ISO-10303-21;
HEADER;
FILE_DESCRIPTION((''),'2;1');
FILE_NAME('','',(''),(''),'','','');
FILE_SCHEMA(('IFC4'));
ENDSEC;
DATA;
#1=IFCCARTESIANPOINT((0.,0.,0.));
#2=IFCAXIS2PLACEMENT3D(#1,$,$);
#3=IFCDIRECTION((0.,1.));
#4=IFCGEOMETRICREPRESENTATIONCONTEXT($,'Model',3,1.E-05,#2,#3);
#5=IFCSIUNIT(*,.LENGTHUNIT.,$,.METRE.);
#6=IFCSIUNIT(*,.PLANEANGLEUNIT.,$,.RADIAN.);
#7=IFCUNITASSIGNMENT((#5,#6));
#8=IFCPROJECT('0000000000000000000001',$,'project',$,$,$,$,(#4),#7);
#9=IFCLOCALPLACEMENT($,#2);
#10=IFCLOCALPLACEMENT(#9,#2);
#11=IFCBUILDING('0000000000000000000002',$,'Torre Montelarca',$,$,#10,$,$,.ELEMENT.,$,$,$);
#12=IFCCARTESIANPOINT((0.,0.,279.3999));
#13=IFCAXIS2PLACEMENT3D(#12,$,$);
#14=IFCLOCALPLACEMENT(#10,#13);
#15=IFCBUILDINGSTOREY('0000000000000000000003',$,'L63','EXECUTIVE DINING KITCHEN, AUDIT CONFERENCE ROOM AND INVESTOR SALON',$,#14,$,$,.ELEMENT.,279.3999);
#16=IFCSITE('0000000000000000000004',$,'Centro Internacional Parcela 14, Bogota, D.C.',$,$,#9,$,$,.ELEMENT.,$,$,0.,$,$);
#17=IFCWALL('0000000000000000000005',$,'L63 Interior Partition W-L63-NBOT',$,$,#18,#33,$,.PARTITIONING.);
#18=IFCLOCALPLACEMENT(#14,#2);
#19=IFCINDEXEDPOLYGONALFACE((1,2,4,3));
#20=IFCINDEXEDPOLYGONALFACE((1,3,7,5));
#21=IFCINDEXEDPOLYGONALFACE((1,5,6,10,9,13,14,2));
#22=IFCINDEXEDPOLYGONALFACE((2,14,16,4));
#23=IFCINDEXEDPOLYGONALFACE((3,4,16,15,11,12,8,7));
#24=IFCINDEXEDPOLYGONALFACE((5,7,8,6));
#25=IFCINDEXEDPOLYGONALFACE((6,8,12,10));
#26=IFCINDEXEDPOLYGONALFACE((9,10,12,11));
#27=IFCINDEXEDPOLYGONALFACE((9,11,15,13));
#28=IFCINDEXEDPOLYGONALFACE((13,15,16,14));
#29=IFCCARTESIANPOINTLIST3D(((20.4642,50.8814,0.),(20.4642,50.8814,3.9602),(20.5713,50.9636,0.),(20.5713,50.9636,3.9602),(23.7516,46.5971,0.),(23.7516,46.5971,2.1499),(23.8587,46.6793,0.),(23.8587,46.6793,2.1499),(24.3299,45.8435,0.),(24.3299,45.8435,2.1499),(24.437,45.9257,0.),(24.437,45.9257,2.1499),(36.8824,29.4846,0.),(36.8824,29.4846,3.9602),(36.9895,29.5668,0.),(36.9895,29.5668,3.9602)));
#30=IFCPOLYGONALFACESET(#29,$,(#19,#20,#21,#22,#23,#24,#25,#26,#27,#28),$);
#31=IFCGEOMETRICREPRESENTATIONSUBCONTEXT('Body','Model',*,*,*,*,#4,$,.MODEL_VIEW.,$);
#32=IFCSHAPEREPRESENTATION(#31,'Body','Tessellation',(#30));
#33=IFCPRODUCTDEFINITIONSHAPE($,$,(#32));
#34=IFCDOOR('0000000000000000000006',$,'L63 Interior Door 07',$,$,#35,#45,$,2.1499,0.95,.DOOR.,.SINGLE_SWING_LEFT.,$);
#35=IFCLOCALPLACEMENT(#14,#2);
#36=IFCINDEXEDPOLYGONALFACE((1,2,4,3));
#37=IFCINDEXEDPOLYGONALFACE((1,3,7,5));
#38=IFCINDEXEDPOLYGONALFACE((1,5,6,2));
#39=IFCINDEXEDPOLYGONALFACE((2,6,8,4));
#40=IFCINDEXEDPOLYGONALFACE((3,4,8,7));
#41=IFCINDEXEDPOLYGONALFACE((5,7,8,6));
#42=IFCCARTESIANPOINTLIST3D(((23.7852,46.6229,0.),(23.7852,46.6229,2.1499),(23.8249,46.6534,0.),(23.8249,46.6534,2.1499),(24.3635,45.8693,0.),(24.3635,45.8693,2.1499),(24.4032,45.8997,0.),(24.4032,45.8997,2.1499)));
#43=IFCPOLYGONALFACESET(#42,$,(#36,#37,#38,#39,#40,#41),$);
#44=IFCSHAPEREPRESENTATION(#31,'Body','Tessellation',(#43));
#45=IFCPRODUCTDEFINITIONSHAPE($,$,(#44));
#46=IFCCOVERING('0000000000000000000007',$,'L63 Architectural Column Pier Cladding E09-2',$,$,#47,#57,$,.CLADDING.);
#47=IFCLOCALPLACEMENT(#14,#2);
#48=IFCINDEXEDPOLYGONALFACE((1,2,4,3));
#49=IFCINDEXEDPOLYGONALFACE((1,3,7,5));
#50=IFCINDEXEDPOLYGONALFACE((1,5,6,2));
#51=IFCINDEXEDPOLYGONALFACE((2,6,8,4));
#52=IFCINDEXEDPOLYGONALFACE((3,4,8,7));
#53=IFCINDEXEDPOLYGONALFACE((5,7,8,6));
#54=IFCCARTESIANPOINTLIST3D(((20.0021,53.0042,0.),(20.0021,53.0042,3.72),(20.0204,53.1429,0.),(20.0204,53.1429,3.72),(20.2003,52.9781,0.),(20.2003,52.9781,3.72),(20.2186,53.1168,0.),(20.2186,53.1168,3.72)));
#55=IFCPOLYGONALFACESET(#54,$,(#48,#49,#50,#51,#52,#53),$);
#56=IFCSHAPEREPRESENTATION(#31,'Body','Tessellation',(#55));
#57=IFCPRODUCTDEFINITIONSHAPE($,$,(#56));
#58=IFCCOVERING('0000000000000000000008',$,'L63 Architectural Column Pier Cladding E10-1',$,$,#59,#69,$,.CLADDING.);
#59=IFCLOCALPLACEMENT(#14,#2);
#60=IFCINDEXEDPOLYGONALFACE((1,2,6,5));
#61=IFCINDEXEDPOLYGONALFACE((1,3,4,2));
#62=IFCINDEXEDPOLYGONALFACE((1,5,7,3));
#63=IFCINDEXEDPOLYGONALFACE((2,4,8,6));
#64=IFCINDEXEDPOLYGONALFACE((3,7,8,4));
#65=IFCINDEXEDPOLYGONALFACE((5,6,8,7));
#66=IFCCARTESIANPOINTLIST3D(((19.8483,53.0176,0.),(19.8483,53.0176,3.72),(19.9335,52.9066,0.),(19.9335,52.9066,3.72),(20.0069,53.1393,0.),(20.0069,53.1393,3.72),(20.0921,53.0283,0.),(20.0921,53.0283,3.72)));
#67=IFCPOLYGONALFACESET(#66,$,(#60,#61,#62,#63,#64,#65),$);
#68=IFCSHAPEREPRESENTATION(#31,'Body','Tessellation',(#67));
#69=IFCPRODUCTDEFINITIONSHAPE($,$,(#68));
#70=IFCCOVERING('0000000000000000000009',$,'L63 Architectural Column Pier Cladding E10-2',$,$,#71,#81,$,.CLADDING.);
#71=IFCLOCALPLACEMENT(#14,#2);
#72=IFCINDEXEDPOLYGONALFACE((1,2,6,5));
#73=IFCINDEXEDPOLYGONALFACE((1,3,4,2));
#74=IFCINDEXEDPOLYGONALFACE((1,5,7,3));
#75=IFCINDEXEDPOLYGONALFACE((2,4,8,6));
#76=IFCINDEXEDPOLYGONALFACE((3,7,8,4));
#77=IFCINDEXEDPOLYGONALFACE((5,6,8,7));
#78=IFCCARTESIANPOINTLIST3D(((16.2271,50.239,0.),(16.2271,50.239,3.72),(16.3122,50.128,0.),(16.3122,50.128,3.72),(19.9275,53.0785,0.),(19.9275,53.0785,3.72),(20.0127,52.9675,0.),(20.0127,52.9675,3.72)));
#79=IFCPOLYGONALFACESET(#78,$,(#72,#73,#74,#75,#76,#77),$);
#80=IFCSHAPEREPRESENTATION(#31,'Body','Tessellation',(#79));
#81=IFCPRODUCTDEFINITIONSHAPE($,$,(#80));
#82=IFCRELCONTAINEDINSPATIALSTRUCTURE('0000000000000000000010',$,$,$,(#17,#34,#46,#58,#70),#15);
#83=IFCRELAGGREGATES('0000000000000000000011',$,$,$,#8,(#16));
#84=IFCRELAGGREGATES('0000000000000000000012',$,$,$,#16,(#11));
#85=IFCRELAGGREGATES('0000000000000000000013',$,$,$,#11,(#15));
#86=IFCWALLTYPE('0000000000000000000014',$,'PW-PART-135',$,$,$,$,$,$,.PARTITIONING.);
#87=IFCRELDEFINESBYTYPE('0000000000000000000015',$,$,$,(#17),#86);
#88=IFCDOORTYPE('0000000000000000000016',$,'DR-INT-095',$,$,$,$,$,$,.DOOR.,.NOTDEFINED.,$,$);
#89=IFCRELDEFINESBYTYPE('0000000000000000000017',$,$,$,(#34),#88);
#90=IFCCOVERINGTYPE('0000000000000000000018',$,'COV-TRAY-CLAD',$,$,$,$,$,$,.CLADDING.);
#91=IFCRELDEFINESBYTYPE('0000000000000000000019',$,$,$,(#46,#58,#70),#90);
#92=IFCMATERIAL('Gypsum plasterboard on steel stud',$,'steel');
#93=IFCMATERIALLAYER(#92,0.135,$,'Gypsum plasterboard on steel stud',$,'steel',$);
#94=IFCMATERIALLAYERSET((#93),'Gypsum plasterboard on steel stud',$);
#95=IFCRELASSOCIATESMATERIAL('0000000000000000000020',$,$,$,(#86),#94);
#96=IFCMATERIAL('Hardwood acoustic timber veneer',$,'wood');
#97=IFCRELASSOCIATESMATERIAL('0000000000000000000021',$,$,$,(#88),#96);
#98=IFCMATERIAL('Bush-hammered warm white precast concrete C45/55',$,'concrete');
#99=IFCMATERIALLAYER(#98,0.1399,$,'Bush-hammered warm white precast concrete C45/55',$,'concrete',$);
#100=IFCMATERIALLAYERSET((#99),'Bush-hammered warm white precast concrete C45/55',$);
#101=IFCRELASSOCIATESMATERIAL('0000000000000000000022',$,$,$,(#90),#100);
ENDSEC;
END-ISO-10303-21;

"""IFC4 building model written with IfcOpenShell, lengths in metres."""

from ifc_helpers import new_model, si_unit, direction, frame, frame_2d, origin, origin_2d, place, context, subcontext, project, spatial, rectangle, extrude, source, transform, mapped, material, layer, layer_set, type_object, element, fill, save


model = new_model("IFC4")

# Units and contexts
model_context = context("Model", 3, precision=1e-05, world=origin(), true_north=direction((0.0, 1.0)))
body_context = subcontext(model_context, "Body", "Model", "MODEL_VIEW")
ifc_project = project(units=[si_unit("LENGTHUNIT", "METRE"), si_unit("PLANEANGLEUNIT", "RADIAN")], contexts=[model_context])

# Site, building, storey
site_placement = place(None, origin())
site = spatial("IfcSite", under=ifc_project, at=site_placement, Name="Centro Internacional Parcela 14, Bogota, D.C.", CompositionType="ELEMENT", RefElevation=0.0)
building_placement = place(site_placement, origin())
building = spatial("IfcBuilding", under=site, at=building_placement, Name="Torre Montelarca", CompositionType="ELEMENT")
storey_placement = place(building_placement, frame((0.0, 0.0, 279.3999)))
storey = spatial("IfcBuildingStorey", under=building, at=storey_placement, Name="L63", Description="EXECUTIVE DINING KITCHEN, AUDIT CONFERENCE ROOM AND INVESTOR SALON", CompositionType="ELEMENT", Elevation=279.3999)

# Wall, opening, door
ifc_material_1 = material(Name="Gypsum plasterboard on steel stud", Category="steel")
ifc_layer_1 = layer(ifc_material_1, 0.135, Name="Gypsum plasterboard on steel stud", Category="steel")
ifc_layer_set_1 = layer_set([ifc_layer_1], Name="Gypsum plasterboard on steel stud")
wall_type = type_object("IfcWallType", Name="PW-PART-135", PredefinedType="PARTITIONING", material=ifc_layer_set_1)
wall_placement = place(storey_placement, frame((20.5178, 50.9224, 0.0), z_axis=(0.0, 0.0, 1.0), x_axis=(0.60876, -0.793355, 0.0)))
wall = element("IfcWall", 1, at=wall_placement, inside=storey, type_object=wall_type, Name="L63 Interior Partition W-L63-NBOT", PredefinedType="PARTITIONING", context=body_context, shape_type="SweptSolid", body=[
    extrude(rectangle(XDim=26.97, YDim=0.135, at=frame_2d((13.4849, 0.0))), origin(), (0.0, 0.0, 1.0), 3.9602),
])
opening_placement = place(wall_placement, frame((5.3999, 0.0, 0.0)))
opening = element("IfcOpeningElement", 2, at=opening_placement, cuts=wall, PredefinedType="OPENING", context=body_context, shape_type="SweptSolid", body=[
    extrude(rectangle(XDim=0.95, YDim=2.1499, at=frame_2d((0.4751, 1.075))), frame((0.0, 0.0776, 0.0), z_axis=(0.0, -1.0, 0.0), x_axis=(1.0, 0.0, 0.0)), (0.0, 0.0, 1.0), 0.155),
])
ifc_material_2 = material(Name="Hardwood acoustic timber veneer", Category="wood")
door_type = type_object("IfcDoorType", Name="DR-INT-095", OperationType="NOTDEFINED", PredefinedType="DOOR", material=ifc_material_2)
shared_shape_1 = source(origin(), body_context, "Body", "SweptSolid", [
    extrude(rectangle(XDim=0.95, YDim=2.1499, at=frame_2d((0.4751, 1.075))), frame((0.0, 0.0249, 0.0), z_axis=(0.0, -1.0, 0.0), x_axis=(1.0, 0.0, 0.0)), (0.0, 0.0, 1.0), 0.05),
])
door_placement = place(opening_placement, origin())
door = element("IfcDoor", 3, at=door_placement, inside=storey, type_object=door_type, Name="L63 Interior Door 07", OperationType="SINGLE_SWING_LEFT", OverallHeight=2.1499, OverallWidth=0.95, PredefinedType="DOOR", context=body_context, shape_type="MappedRepresentation", body=[
    mapped(shared_shape_1, transform((0.0, 0.0, 0.0), scale=1.0)),
])
fill(opening, door)

# Coverings
ifc_material_3 = material(Name="Bush-hammered warm white precast concrete C45/55", Category="concrete")
ifc_layer_2 = layer(ifc_material_3, 0.1399, Name="Bush-hammered warm white precast concrete C45/55", Category="concrete")
ifc_layer_set_2 = layer_set([ifc_layer_2], Name="Bush-hammered warm white precast concrete C45/55")
covering_type = type_object("IfcCoveringType", Name="COV-TRAY-CLAD", PredefinedType="CLADDING", material=ifc_layer_set_2)
shared_shape_2 = source(origin(), body_context, "Body", "SweptSolid", [
    extrude(rectangle(XDim=0.2, YDim=0.1399, at=origin_2d()), origin(), (0.0, 0.0, 1.0), 3.72),
])
for number, where, z_axis, x_axis, name in (
    (4, (20.1104, 53.0605, 0.0), (0.0, 0.0, 1.0), (-0.991444, 0.130531, 0.0), "L63 Architectural Column Pier Cladding E09-2"),
    (5, (19.9702, 53.0229, 0.0), (0.0, 0.0, 1.0), (-0.793351, -0.608764, 0.0), "L63 Architectural Column Pier Cladding E10-1"),
):
    element("IfcCovering", number, at=place(storey_placement, frame(where, z_axis=z_axis, x_axis=x_axis)), inside=storey, type_object=covering_type, Name=name, PredefinedType="CLADDING", context=body_context, shape_type="MappedRepresentation", body=[
        mapped(shared_shape_2, transform((0.0, 0.0, 0.0), scale=1.0)),
    ])
shared_shape_3 = source(origin(), body_context, "Body", "SweptSolid", [
    extrude(rectangle(XDim=4.6643, YDim=0.1399, at=origin_2d()), origin(), (0.0, 0.0, 1.0), 3.72),
])
covering_placement = place(storey_placement, frame((18.1199, 51.6033, 0.0), z_axis=(0.0, 0.0, 1.0), x_axis=(-0.793351, -0.608764, 0.0)))
element("IfcCovering", 6, at=covering_placement, inside=storey, type_object=covering_type, Name="L63 Architectural Column Pier Cladding E10-2", PredefinedType="CLADDING", context=body_context, shape_type="MappedRepresentation", body=[
    mapped(shared_shape_3, transform((0.0, 0.0, 0.0), scale=1.0)),
])

save(model, "model.ifc")
